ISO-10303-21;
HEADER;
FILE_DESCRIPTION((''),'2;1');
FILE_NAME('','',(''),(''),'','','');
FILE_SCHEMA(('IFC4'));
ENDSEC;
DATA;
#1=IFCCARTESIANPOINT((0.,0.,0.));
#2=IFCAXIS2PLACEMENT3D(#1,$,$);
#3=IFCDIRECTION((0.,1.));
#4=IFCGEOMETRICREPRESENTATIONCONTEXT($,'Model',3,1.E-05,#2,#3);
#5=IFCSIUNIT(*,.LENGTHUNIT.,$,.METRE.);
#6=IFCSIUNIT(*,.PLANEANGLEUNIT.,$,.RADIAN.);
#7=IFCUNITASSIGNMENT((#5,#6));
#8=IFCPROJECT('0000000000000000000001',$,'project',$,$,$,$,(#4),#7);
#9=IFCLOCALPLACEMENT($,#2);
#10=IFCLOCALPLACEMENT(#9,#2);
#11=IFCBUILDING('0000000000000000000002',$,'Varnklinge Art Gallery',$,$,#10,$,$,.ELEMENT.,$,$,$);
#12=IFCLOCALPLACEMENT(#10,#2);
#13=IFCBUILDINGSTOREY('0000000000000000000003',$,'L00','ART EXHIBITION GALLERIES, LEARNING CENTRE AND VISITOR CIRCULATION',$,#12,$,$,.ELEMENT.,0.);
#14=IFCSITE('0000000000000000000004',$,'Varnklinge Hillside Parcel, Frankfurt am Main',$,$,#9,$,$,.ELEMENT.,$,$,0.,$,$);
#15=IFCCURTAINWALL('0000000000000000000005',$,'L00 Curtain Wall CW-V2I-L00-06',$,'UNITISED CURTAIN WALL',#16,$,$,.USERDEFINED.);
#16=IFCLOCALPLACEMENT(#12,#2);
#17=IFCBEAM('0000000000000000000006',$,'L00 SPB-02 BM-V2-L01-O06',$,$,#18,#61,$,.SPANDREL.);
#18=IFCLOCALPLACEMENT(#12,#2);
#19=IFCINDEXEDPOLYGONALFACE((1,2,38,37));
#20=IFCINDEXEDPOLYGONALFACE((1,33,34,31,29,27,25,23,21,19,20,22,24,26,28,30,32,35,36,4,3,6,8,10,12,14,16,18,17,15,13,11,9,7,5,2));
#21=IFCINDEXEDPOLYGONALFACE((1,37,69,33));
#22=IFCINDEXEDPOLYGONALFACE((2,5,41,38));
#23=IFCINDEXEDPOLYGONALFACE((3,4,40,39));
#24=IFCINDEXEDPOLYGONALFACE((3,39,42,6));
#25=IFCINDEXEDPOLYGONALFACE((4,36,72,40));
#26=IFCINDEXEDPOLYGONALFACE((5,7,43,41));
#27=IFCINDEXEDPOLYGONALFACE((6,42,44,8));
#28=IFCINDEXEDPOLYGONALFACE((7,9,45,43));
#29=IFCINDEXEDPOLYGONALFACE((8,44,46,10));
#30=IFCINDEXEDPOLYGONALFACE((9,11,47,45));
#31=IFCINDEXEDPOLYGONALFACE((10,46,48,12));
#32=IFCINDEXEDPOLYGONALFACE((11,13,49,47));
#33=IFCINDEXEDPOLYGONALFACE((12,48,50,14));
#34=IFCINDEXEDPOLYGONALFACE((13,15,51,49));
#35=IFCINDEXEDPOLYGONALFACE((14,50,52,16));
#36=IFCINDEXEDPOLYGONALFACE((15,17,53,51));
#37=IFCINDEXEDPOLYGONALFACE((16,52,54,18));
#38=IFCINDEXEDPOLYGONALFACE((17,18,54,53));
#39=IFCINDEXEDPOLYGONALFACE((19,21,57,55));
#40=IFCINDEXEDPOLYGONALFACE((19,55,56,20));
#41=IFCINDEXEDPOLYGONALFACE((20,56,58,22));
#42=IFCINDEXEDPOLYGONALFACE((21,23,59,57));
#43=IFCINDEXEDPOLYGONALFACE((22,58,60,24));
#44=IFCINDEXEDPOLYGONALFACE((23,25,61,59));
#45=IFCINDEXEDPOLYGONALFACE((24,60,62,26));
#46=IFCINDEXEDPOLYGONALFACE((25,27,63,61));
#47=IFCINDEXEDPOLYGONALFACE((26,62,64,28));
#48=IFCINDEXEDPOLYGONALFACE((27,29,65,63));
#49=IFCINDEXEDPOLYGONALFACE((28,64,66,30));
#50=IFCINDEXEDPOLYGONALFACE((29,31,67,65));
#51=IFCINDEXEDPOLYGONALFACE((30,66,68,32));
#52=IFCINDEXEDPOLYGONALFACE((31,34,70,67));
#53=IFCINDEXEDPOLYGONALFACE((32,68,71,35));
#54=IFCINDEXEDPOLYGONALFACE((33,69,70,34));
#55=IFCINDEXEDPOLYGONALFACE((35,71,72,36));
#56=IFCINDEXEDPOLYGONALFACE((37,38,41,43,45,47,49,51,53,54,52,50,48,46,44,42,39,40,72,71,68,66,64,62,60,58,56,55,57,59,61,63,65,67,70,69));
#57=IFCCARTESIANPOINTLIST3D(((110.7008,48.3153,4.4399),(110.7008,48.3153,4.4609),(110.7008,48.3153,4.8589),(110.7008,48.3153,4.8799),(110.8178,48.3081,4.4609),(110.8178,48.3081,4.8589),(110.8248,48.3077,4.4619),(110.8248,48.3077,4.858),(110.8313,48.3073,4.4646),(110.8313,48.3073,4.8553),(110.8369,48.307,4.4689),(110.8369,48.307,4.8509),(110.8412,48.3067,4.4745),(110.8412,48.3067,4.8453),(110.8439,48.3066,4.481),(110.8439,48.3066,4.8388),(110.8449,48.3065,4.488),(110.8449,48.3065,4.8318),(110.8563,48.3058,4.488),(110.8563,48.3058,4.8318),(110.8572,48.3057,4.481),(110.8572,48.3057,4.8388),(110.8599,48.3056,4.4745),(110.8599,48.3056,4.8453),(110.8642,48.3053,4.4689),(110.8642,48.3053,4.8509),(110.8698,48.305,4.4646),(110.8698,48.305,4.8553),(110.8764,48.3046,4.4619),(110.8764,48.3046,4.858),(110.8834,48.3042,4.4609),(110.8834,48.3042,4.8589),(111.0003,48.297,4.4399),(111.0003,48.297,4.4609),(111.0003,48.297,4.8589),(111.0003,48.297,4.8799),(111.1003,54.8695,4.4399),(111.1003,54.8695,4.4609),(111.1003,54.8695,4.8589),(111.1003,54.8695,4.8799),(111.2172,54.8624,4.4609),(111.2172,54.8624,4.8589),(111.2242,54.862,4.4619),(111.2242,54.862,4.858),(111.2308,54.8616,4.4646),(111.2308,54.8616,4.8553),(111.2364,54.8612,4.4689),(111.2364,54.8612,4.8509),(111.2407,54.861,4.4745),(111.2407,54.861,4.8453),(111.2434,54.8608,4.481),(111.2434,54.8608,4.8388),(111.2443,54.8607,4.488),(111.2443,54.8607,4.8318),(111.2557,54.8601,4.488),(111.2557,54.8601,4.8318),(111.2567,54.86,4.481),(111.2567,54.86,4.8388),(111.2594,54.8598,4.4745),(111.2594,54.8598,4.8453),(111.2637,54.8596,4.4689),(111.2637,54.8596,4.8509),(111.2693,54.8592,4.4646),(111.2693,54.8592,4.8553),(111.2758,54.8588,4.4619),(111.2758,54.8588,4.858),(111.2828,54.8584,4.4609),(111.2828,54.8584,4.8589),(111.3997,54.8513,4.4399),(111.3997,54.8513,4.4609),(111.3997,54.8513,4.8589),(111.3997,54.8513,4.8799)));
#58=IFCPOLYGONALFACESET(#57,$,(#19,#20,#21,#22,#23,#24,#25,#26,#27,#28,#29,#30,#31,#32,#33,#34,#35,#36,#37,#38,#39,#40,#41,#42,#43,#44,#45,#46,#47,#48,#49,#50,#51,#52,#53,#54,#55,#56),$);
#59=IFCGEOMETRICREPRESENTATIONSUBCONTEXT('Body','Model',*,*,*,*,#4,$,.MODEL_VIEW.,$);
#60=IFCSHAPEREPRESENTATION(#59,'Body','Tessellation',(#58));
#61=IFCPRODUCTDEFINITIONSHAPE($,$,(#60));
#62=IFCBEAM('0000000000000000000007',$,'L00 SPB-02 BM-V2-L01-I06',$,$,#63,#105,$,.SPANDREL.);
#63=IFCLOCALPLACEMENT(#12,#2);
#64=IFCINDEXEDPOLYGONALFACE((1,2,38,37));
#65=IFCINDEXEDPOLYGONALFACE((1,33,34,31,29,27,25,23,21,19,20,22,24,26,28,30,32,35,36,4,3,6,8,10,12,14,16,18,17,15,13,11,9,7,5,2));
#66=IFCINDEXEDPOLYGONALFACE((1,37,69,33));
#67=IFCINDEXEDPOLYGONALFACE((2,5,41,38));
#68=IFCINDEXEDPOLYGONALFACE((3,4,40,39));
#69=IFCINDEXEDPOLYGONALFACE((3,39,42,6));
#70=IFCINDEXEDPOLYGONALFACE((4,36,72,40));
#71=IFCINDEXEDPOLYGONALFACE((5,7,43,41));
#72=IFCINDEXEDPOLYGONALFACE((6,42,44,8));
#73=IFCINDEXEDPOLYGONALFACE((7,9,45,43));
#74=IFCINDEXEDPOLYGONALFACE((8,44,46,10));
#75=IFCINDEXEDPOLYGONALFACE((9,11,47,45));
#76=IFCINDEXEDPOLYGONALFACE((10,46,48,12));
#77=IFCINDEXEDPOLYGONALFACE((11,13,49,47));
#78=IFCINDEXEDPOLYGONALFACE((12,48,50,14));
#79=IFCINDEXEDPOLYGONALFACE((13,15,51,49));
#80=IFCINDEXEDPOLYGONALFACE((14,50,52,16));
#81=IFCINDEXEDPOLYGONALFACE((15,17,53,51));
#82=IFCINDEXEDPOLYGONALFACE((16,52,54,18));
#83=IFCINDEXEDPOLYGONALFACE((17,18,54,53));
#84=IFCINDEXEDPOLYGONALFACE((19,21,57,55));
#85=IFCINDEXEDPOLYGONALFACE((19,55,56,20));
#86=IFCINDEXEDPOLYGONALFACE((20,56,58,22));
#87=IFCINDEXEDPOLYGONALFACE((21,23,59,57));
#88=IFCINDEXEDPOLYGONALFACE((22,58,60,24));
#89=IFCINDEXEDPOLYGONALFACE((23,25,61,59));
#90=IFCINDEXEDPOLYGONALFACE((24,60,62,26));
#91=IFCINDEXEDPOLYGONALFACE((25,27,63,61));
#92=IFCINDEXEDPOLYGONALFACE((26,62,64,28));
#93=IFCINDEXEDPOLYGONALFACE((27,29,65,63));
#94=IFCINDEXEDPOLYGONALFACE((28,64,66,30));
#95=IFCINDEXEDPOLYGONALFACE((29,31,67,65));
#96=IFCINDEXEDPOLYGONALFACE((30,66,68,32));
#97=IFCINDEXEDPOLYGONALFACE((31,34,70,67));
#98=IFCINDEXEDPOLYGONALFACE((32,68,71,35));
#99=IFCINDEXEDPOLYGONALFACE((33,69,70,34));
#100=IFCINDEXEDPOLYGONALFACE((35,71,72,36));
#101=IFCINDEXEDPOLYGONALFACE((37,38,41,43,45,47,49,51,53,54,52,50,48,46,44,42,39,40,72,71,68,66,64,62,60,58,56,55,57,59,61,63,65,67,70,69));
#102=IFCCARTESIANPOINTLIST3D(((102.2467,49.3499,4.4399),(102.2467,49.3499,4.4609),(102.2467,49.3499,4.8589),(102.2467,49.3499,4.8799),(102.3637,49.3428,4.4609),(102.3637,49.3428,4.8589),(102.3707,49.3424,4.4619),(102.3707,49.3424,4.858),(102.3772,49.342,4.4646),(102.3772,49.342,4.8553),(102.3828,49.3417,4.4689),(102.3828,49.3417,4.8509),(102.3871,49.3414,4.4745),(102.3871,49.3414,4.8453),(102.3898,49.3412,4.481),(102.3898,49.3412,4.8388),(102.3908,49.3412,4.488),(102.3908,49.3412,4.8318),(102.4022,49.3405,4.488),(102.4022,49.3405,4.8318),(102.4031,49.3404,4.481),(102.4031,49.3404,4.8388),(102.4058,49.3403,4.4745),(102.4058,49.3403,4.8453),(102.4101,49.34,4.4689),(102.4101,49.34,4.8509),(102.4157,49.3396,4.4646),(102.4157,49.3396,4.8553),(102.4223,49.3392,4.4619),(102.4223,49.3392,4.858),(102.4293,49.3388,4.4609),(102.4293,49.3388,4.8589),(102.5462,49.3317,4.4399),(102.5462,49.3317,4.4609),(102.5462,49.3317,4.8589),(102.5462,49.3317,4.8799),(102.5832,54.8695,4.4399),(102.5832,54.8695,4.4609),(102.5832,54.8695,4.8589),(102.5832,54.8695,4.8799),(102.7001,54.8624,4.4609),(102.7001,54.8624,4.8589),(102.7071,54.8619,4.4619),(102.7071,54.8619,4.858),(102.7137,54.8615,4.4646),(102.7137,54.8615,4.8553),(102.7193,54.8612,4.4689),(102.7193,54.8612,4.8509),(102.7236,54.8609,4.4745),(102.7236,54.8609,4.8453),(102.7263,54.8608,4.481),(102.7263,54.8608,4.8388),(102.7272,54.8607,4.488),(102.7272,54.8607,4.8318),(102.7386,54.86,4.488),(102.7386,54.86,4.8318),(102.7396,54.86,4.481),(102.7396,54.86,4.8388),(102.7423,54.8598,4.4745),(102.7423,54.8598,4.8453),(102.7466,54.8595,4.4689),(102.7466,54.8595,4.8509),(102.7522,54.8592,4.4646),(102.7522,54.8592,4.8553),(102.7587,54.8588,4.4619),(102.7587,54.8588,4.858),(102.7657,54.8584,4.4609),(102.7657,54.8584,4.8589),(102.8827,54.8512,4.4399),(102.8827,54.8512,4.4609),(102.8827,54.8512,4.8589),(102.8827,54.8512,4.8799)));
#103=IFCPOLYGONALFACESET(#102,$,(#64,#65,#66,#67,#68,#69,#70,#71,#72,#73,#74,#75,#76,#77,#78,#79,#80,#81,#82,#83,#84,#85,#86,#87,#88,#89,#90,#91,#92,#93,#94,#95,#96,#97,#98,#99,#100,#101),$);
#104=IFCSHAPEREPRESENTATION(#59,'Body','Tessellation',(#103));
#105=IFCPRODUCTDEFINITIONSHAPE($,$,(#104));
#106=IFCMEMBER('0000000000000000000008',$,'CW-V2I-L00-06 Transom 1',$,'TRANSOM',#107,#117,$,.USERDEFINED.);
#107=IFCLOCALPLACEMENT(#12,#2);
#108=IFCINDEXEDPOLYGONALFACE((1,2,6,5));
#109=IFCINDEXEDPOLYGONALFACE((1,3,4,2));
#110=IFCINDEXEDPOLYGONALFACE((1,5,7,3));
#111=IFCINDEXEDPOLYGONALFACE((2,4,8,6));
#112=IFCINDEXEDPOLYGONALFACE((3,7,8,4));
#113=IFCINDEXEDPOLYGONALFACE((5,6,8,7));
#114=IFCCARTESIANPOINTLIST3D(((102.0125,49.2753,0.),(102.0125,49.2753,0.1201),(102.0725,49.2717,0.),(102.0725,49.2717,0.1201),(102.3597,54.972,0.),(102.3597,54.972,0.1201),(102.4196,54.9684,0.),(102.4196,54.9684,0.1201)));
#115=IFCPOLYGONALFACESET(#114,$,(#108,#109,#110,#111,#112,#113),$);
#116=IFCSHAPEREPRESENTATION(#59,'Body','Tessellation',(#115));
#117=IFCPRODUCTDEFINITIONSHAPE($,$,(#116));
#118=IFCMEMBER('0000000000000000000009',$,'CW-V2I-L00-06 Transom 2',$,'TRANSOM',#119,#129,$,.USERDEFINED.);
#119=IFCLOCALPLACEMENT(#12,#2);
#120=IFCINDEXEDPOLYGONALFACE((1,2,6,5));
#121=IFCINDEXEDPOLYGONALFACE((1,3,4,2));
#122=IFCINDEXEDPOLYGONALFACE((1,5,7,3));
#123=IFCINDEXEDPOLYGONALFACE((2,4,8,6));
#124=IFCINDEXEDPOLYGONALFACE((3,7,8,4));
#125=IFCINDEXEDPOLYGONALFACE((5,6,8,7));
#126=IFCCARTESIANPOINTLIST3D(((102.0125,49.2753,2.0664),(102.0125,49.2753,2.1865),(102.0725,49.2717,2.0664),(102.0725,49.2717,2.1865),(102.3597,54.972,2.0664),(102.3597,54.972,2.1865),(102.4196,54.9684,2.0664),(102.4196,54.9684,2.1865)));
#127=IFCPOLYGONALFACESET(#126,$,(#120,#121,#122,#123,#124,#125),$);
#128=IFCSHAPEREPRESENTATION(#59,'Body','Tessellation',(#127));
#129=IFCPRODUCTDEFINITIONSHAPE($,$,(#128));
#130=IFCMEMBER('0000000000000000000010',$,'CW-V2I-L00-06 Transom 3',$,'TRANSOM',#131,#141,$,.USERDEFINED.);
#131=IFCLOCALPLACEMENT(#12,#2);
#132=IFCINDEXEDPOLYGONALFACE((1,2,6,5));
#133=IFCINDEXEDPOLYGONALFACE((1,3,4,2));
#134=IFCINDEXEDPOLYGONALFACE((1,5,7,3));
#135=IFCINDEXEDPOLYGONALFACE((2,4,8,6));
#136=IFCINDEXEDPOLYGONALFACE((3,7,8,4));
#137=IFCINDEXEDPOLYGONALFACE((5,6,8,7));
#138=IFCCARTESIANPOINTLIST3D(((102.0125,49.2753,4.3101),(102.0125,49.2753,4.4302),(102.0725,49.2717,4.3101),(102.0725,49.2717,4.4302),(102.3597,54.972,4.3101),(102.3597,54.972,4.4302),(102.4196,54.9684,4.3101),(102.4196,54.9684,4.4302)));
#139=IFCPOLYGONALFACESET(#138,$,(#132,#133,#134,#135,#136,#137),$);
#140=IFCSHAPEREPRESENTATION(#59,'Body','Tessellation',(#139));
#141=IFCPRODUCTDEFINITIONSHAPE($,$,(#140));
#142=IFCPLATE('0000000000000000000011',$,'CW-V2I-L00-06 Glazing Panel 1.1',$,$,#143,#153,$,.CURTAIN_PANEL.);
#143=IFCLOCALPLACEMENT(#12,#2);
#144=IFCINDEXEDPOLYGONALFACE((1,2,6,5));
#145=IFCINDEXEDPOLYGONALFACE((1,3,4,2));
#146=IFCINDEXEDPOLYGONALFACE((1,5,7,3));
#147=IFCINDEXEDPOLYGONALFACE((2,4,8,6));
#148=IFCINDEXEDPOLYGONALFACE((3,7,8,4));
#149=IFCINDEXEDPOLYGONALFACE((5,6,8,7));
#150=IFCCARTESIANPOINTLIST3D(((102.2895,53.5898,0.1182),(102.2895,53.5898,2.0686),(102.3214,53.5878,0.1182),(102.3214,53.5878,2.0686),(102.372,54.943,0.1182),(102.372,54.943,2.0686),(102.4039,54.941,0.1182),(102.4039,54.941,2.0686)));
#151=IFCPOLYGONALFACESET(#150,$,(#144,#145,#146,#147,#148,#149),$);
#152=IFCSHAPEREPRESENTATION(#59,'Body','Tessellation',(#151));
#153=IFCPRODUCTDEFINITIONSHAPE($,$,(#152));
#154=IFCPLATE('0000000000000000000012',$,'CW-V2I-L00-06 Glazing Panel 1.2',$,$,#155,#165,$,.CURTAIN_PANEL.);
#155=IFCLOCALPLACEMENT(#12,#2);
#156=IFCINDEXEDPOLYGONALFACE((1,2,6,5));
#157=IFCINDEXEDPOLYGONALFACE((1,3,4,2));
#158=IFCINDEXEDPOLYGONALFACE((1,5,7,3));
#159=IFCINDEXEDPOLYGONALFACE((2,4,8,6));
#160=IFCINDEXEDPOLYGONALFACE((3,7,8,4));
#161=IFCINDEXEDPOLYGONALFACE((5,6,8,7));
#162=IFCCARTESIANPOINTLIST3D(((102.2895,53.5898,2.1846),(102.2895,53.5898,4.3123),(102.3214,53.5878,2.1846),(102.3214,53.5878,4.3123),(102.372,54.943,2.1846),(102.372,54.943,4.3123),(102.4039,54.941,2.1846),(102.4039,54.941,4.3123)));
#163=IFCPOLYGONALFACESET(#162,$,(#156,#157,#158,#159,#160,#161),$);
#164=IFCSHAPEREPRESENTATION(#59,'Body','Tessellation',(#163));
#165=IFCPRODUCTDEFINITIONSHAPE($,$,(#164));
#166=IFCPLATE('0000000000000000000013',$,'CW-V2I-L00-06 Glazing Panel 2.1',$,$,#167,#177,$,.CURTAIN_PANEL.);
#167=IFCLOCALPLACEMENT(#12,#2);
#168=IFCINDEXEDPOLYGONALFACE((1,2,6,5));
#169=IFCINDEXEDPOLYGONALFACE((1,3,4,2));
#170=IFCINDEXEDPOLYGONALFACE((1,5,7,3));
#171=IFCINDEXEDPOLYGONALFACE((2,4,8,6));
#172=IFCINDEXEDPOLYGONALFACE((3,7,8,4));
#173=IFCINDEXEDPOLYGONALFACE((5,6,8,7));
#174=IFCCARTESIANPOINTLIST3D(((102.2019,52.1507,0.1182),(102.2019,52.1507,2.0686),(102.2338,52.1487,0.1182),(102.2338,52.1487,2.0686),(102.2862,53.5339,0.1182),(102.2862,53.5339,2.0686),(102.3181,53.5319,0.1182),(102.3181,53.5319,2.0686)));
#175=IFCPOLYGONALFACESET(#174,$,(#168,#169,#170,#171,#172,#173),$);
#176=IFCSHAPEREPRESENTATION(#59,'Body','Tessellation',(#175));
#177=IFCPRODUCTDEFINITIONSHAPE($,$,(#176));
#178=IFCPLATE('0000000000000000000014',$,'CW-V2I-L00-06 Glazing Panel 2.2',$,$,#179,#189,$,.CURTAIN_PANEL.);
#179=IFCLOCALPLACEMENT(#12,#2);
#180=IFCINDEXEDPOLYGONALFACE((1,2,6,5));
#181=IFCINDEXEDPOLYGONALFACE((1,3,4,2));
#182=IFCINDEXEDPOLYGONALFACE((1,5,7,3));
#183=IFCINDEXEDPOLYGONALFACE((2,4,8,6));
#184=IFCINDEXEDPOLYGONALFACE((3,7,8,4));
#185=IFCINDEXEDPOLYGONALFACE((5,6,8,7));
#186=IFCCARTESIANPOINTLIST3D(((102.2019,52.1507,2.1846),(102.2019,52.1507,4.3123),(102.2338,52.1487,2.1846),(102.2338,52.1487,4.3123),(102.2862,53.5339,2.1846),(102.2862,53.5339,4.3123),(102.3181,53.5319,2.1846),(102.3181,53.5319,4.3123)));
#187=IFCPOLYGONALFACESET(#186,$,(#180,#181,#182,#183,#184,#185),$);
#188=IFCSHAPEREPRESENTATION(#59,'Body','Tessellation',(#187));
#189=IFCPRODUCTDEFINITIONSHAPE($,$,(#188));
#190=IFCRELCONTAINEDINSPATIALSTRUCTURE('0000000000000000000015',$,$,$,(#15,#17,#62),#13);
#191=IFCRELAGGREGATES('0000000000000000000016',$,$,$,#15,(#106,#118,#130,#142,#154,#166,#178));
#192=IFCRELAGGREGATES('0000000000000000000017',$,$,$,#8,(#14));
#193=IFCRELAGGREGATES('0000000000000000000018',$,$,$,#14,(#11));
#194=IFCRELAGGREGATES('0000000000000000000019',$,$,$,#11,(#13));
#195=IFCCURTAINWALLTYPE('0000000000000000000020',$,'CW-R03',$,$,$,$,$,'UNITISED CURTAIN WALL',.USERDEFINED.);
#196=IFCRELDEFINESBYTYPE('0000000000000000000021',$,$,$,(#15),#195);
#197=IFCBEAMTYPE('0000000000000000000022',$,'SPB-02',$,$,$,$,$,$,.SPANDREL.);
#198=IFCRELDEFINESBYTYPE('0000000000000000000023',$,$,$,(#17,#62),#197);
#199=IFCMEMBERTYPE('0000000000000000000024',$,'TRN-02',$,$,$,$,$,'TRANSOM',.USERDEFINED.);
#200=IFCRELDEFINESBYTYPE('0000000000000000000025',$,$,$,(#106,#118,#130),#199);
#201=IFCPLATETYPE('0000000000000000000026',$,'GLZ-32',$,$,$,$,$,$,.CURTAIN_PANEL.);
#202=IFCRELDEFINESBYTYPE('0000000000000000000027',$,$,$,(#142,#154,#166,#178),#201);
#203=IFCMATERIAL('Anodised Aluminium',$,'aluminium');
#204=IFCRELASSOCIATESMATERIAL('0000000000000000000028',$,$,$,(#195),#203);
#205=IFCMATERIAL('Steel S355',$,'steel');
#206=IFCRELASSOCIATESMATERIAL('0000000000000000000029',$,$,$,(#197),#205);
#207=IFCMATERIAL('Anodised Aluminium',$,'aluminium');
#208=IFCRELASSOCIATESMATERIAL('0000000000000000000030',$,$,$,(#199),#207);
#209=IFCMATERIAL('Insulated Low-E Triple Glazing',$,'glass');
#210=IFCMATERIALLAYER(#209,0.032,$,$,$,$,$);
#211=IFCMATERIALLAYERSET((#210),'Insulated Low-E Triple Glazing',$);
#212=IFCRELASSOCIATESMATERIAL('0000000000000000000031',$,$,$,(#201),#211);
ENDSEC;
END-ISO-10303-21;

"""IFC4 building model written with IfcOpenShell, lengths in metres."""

from ifc_helpers import new_model, si_unit, direction, frame, origin, origin_2d, place, context, subcontext, project, spatial, rectangle, i_section, extrude, material, layer, layer_set, material_profile, profile_set, type_object, element, aggregate, save


model = new_model("IFC4")

# Units and contexts
model_context = context("Model", 3, precision=1e-05, world=origin(), true_north=direction((0.0, 1.0)))
body_context = subcontext(model_context, "Body", "Model", "MODEL_VIEW")
ifc_project = project(units=[si_unit("LENGTHUNIT", "METRE"), si_unit("PLANEANGLEUNIT", "RADIAN")], contexts=[model_context])

# Site, building, storey
site_placement = place(None, origin())
site = spatial("IfcSite", under=ifc_project, at=site_placement, Name="Varnklinge Hillside Parcel, Frankfurt am Main", CompositionType="ELEMENT", RefElevation=0.0)
building_placement = place(site_placement, origin())
building = spatial("IfcBuilding", under=site, at=building_placement, Name="Varnklinge Art Gallery", CompositionType="ELEMENT")
storey_placement = place(building_placement, origin())
storey = spatial("IfcBuildingStorey", under=building, at=storey_placement, Name="L00", Description="ART EXHIBITION GALLERIES, LEARNING CENTRE AND VISITOR CIRCULATION", CompositionType="ELEMENT", Elevation=0.0)

# Curtain wall
ifc_material_1 = material(Name="Anodised Aluminium", Category="aluminium")
curtain_wall_type_1 = type_object("IfcCurtainWallType", Name="CW-R03", ElementType="UNITISED CURTAIN WALL", PredefinedType="USERDEFINED", material=ifc_material_1)
curtain_wall_1_placement = place(storey_placement, origin())
curtain_wall_1 = element("IfcCurtainWall", 1, at=curtain_wall_1_placement, inside=storey, type_object=curtain_wall_type_1, Name="L00 Curtain Wall CW-V2I-L00-06", ObjectType="UNITISED CURTAIN WALL", PredefinedType="USERDEFINED")

# Beams
ifc_material_2 = material(Name="Steel S355", Category="steel")
ifc_material_profile_1 = material_profile(ifc_material_2, i_section(OverallWidth=0.3, OverallDepth=0.4399, WebThickness=0.0115, FlangeThickness=0.021, FilletRadius=0.0271, at=origin_2d()), Name="HEA 450")
ifc_profile_set_1 = profile_set([ifc_material_profile_1], Name="Steel S355")
beam_type_1 = type_object("IfcBeamType", Name="SPB-02", PredefinedType="SPANDREL", material=ifc_profile_set_1)
beam_1_placement = place(storey_placement, frame((110.8506, 48.3062, 4.6599), z_axis=(0.060827, 0.998148, 0.0), x_axis=(-0.998148, 0.060827, 0.0)))
element("IfcBeam", 2, at=beam_1_placement, inside=storey, type_object=beam_type_1, Name="L00 SPB-02 BM-V2-L01-O06", PredefinedType="SPANDREL", context=body_context, shape_type="SweptSolid", body=[
    extrude(i_section(OverallWidth=0.3, OverallDepth=0.4399, WebThickness=0.0115, FlangeThickness=0.021, FilletRadius=0.0271, at=origin_2d()), origin(), (0.0, 0.0, 1.0), 6.5664),
])
beam_2_placement = place(storey_placement, frame((102.3965, 49.3408, 4.6599), z_axis=(0.060839, 0.998148, 0.0), x_axis=(-0.998148, 0.060839, 0.0)))
element("IfcBeam", 3, at=beam_2_placement, inside=storey, type_object=beam_type_1, Name="L00 SPB-02 BM-V2-L01-I06", PredefinedType="SPANDREL", context=body_context, shape_type="SweptSolid", body=[
    extrude(i_section(OverallWidth=0.3, OverallDepth=0.4399, WebThickness=0.0115, FlangeThickness=0.021, FilletRadius=0.0271, at=origin_2d()), origin(), (0.0, 0.0, 1.0), 5.5298),
])

# Members
ifc_material_3 = material(Name="Anodised Aluminium", Category="aluminium")
ifc_material_profile_2 = material_profile(ifc_material_3, rectangle(XDim=0.0601, YDim=0.1201, at=origin_2d()), Name="ALU 60x120")
ifc_profile_set_2 = profile_set([ifc_material_profile_2], Name="Anodised Aluminium")
member_type_1 = type_object("IfcMemberType", Name="TRN-02", ElementType="TRANSOM", PredefinedType="USERDEFINED", material=ifc_profile_set_2)
member_1_placement = place(storey_placement, frame((102.3896, 54.9702, 0.0601), z_axis=(-0.060828, -0.998148, 0.0), x_axis=(0.998148, -0.060828, 0.0)))
member_1 = element("IfcMember", 4, at=member_1_placement, type_object=member_type_1, Name="CW-V2I-L00-06 Transom 1", ObjectType="TRANSOM", PredefinedType="USERDEFINED", context=body_context, shape_type="SweptSolid", body=[
    extrude(rectangle(XDim=0.0601, YDim=0.1201, at=origin_2d()), origin(), (0.0, 0.0, 1.0), 5.7073),
])
member_2_placement = place(storey_placement, frame((102.3896, 54.9702, 2.1265), z_axis=(-0.060828, -0.998148, 0.0), x_axis=(0.998148, -0.060828, 0.0)))
member_2 = element("IfcMember", 5, at=member_2_placement, type_object=member_type_1, Name="CW-V2I-L00-06 Transom 2", ObjectType="TRANSOM", PredefinedType="USERDEFINED", context=body_context, shape_type="SweptSolid", body=[
    extrude(rectangle(XDim=0.0601, YDim=0.1201, at=origin_2d()), origin(), (0.0, 0.0, 1.0), 5.7073),
])
member_3_placement = place(storey_placement, frame((102.3896, 54.9702, 4.3701), z_axis=(-0.060828, -0.998148, 0.0), x_axis=(0.998148, -0.060828, 0.0)))
member_3 = element("IfcMember", 6, at=member_3_placement, type_object=member_type_1, Name="CW-V2I-L00-06 Transom 3", ObjectType="TRANSOM", PredefinedType="USERDEFINED", context=body_context, shape_type="SweptSolid", body=[
    extrude(rectangle(XDim=0.0601, YDim=0.1201, at=origin_2d()), origin(), (0.0, 0.0, 1.0), 5.7073),
])

# Plates
ifc_material_4 = material(Name="Insulated Low-E Triple Glazing", Category="glass")
ifc_layer_1 = layer(ifc_material_4, 0.032)
ifc_layer_set_1 = layer_set([ifc_layer_1], Name="Insulated Low-E Triple Glazing")
plate_type_1 = type_object("IfcPlateType", Name="GLZ-32", PredefinedType="CURTAIN_PANEL", material=ifc_layer_set_1)
plate_1_placement = place(storey_placement, frame((102.3467, 54.2654, 0.1182), z_axis=(0.0, 0.0, 1.0), x_axis=(-0.060874, -0.998145, 0.0)))
plate_1 = element("IfcPlate", 7, at=plate_1_placement, type_object=plate_type_1, Name="CW-V2I-L00-06 Glazing Panel 1.1", PredefinedType="CURTAIN_PANEL", context=body_context, shape_type="SweptSolid", body=[
    extrude(rectangle(XDim=1.3557, YDim=0.032, at=origin_2d()), origin(), (0.0, 0.0, 1.0), 1.9504),
])
plate_2_placement = place(storey_placement, frame((102.3467, 54.2654, 2.1846), z_axis=(0.0, 0.0, 1.0), x_axis=(-0.060874, -0.998145, 0.0)))
plate_2 = element("IfcPlate", 8, at=plate_2_placement, type_object=plate_type_1, Name="CW-V2I-L00-06 Glazing Panel 1.2", PredefinedType="CURTAIN_PANEL", context=body_context, shape_type="SweptSolid", body=[
    extrude(rectangle(XDim=1.3557, YDim=0.032, at=origin_2d()), origin(), (0.0, 0.0, 1.0), 2.1277),
])
plate_3_placement = place(storey_placement, frame((102.26, 52.8413, 0.1182), z_axis=(0.0, 0.0, 1.0), x_axis=(-0.060874, -0.998145, 0.0)))
plate_3 = element("IfcPlate", 9, at=plate_3_placement, type_object=plate_type_1, Name="CW-V2I-L00-06 Glazing Panel 2.1", PredefinedType="CURTAIN_PANEL", context=body_context, shape_type="SweptSolid", body=[
    extrude(rectangle(XDim=1.3857, YDim=0.032, at=origin_2d()), origin(), (0.0, 0.0, 1.0), 1.9504),
])
plate_4_placement = place(storey_placement, frame((102.26, 52.8413, 2.1846), z_axis=(0.0, 0.0, 1.0), x_axis=(-0.060874, -0.998145, 0.0)))
plate_4 = element("IfcPlate", 10, at=plate_4_placement, type_object=plate_type_1, Name="CW-V2I-L00-06 Glazing Panel 2.2", PredefinedType="CURTAIN_PANEL", context=body_context, shape_type="SweptSolid", body=[
    extrude(rectangle(XDim=1.3857, YDim=0.032, at=origin_2d()), origin(), (0.0, 0.0, 1.0), 2.1277),
])
aggregate(curtain_wall_1, [member_1, member_2, member_3, plate_1, plate_2, plate_3, plate_4])

save(model, "model.ifc")
